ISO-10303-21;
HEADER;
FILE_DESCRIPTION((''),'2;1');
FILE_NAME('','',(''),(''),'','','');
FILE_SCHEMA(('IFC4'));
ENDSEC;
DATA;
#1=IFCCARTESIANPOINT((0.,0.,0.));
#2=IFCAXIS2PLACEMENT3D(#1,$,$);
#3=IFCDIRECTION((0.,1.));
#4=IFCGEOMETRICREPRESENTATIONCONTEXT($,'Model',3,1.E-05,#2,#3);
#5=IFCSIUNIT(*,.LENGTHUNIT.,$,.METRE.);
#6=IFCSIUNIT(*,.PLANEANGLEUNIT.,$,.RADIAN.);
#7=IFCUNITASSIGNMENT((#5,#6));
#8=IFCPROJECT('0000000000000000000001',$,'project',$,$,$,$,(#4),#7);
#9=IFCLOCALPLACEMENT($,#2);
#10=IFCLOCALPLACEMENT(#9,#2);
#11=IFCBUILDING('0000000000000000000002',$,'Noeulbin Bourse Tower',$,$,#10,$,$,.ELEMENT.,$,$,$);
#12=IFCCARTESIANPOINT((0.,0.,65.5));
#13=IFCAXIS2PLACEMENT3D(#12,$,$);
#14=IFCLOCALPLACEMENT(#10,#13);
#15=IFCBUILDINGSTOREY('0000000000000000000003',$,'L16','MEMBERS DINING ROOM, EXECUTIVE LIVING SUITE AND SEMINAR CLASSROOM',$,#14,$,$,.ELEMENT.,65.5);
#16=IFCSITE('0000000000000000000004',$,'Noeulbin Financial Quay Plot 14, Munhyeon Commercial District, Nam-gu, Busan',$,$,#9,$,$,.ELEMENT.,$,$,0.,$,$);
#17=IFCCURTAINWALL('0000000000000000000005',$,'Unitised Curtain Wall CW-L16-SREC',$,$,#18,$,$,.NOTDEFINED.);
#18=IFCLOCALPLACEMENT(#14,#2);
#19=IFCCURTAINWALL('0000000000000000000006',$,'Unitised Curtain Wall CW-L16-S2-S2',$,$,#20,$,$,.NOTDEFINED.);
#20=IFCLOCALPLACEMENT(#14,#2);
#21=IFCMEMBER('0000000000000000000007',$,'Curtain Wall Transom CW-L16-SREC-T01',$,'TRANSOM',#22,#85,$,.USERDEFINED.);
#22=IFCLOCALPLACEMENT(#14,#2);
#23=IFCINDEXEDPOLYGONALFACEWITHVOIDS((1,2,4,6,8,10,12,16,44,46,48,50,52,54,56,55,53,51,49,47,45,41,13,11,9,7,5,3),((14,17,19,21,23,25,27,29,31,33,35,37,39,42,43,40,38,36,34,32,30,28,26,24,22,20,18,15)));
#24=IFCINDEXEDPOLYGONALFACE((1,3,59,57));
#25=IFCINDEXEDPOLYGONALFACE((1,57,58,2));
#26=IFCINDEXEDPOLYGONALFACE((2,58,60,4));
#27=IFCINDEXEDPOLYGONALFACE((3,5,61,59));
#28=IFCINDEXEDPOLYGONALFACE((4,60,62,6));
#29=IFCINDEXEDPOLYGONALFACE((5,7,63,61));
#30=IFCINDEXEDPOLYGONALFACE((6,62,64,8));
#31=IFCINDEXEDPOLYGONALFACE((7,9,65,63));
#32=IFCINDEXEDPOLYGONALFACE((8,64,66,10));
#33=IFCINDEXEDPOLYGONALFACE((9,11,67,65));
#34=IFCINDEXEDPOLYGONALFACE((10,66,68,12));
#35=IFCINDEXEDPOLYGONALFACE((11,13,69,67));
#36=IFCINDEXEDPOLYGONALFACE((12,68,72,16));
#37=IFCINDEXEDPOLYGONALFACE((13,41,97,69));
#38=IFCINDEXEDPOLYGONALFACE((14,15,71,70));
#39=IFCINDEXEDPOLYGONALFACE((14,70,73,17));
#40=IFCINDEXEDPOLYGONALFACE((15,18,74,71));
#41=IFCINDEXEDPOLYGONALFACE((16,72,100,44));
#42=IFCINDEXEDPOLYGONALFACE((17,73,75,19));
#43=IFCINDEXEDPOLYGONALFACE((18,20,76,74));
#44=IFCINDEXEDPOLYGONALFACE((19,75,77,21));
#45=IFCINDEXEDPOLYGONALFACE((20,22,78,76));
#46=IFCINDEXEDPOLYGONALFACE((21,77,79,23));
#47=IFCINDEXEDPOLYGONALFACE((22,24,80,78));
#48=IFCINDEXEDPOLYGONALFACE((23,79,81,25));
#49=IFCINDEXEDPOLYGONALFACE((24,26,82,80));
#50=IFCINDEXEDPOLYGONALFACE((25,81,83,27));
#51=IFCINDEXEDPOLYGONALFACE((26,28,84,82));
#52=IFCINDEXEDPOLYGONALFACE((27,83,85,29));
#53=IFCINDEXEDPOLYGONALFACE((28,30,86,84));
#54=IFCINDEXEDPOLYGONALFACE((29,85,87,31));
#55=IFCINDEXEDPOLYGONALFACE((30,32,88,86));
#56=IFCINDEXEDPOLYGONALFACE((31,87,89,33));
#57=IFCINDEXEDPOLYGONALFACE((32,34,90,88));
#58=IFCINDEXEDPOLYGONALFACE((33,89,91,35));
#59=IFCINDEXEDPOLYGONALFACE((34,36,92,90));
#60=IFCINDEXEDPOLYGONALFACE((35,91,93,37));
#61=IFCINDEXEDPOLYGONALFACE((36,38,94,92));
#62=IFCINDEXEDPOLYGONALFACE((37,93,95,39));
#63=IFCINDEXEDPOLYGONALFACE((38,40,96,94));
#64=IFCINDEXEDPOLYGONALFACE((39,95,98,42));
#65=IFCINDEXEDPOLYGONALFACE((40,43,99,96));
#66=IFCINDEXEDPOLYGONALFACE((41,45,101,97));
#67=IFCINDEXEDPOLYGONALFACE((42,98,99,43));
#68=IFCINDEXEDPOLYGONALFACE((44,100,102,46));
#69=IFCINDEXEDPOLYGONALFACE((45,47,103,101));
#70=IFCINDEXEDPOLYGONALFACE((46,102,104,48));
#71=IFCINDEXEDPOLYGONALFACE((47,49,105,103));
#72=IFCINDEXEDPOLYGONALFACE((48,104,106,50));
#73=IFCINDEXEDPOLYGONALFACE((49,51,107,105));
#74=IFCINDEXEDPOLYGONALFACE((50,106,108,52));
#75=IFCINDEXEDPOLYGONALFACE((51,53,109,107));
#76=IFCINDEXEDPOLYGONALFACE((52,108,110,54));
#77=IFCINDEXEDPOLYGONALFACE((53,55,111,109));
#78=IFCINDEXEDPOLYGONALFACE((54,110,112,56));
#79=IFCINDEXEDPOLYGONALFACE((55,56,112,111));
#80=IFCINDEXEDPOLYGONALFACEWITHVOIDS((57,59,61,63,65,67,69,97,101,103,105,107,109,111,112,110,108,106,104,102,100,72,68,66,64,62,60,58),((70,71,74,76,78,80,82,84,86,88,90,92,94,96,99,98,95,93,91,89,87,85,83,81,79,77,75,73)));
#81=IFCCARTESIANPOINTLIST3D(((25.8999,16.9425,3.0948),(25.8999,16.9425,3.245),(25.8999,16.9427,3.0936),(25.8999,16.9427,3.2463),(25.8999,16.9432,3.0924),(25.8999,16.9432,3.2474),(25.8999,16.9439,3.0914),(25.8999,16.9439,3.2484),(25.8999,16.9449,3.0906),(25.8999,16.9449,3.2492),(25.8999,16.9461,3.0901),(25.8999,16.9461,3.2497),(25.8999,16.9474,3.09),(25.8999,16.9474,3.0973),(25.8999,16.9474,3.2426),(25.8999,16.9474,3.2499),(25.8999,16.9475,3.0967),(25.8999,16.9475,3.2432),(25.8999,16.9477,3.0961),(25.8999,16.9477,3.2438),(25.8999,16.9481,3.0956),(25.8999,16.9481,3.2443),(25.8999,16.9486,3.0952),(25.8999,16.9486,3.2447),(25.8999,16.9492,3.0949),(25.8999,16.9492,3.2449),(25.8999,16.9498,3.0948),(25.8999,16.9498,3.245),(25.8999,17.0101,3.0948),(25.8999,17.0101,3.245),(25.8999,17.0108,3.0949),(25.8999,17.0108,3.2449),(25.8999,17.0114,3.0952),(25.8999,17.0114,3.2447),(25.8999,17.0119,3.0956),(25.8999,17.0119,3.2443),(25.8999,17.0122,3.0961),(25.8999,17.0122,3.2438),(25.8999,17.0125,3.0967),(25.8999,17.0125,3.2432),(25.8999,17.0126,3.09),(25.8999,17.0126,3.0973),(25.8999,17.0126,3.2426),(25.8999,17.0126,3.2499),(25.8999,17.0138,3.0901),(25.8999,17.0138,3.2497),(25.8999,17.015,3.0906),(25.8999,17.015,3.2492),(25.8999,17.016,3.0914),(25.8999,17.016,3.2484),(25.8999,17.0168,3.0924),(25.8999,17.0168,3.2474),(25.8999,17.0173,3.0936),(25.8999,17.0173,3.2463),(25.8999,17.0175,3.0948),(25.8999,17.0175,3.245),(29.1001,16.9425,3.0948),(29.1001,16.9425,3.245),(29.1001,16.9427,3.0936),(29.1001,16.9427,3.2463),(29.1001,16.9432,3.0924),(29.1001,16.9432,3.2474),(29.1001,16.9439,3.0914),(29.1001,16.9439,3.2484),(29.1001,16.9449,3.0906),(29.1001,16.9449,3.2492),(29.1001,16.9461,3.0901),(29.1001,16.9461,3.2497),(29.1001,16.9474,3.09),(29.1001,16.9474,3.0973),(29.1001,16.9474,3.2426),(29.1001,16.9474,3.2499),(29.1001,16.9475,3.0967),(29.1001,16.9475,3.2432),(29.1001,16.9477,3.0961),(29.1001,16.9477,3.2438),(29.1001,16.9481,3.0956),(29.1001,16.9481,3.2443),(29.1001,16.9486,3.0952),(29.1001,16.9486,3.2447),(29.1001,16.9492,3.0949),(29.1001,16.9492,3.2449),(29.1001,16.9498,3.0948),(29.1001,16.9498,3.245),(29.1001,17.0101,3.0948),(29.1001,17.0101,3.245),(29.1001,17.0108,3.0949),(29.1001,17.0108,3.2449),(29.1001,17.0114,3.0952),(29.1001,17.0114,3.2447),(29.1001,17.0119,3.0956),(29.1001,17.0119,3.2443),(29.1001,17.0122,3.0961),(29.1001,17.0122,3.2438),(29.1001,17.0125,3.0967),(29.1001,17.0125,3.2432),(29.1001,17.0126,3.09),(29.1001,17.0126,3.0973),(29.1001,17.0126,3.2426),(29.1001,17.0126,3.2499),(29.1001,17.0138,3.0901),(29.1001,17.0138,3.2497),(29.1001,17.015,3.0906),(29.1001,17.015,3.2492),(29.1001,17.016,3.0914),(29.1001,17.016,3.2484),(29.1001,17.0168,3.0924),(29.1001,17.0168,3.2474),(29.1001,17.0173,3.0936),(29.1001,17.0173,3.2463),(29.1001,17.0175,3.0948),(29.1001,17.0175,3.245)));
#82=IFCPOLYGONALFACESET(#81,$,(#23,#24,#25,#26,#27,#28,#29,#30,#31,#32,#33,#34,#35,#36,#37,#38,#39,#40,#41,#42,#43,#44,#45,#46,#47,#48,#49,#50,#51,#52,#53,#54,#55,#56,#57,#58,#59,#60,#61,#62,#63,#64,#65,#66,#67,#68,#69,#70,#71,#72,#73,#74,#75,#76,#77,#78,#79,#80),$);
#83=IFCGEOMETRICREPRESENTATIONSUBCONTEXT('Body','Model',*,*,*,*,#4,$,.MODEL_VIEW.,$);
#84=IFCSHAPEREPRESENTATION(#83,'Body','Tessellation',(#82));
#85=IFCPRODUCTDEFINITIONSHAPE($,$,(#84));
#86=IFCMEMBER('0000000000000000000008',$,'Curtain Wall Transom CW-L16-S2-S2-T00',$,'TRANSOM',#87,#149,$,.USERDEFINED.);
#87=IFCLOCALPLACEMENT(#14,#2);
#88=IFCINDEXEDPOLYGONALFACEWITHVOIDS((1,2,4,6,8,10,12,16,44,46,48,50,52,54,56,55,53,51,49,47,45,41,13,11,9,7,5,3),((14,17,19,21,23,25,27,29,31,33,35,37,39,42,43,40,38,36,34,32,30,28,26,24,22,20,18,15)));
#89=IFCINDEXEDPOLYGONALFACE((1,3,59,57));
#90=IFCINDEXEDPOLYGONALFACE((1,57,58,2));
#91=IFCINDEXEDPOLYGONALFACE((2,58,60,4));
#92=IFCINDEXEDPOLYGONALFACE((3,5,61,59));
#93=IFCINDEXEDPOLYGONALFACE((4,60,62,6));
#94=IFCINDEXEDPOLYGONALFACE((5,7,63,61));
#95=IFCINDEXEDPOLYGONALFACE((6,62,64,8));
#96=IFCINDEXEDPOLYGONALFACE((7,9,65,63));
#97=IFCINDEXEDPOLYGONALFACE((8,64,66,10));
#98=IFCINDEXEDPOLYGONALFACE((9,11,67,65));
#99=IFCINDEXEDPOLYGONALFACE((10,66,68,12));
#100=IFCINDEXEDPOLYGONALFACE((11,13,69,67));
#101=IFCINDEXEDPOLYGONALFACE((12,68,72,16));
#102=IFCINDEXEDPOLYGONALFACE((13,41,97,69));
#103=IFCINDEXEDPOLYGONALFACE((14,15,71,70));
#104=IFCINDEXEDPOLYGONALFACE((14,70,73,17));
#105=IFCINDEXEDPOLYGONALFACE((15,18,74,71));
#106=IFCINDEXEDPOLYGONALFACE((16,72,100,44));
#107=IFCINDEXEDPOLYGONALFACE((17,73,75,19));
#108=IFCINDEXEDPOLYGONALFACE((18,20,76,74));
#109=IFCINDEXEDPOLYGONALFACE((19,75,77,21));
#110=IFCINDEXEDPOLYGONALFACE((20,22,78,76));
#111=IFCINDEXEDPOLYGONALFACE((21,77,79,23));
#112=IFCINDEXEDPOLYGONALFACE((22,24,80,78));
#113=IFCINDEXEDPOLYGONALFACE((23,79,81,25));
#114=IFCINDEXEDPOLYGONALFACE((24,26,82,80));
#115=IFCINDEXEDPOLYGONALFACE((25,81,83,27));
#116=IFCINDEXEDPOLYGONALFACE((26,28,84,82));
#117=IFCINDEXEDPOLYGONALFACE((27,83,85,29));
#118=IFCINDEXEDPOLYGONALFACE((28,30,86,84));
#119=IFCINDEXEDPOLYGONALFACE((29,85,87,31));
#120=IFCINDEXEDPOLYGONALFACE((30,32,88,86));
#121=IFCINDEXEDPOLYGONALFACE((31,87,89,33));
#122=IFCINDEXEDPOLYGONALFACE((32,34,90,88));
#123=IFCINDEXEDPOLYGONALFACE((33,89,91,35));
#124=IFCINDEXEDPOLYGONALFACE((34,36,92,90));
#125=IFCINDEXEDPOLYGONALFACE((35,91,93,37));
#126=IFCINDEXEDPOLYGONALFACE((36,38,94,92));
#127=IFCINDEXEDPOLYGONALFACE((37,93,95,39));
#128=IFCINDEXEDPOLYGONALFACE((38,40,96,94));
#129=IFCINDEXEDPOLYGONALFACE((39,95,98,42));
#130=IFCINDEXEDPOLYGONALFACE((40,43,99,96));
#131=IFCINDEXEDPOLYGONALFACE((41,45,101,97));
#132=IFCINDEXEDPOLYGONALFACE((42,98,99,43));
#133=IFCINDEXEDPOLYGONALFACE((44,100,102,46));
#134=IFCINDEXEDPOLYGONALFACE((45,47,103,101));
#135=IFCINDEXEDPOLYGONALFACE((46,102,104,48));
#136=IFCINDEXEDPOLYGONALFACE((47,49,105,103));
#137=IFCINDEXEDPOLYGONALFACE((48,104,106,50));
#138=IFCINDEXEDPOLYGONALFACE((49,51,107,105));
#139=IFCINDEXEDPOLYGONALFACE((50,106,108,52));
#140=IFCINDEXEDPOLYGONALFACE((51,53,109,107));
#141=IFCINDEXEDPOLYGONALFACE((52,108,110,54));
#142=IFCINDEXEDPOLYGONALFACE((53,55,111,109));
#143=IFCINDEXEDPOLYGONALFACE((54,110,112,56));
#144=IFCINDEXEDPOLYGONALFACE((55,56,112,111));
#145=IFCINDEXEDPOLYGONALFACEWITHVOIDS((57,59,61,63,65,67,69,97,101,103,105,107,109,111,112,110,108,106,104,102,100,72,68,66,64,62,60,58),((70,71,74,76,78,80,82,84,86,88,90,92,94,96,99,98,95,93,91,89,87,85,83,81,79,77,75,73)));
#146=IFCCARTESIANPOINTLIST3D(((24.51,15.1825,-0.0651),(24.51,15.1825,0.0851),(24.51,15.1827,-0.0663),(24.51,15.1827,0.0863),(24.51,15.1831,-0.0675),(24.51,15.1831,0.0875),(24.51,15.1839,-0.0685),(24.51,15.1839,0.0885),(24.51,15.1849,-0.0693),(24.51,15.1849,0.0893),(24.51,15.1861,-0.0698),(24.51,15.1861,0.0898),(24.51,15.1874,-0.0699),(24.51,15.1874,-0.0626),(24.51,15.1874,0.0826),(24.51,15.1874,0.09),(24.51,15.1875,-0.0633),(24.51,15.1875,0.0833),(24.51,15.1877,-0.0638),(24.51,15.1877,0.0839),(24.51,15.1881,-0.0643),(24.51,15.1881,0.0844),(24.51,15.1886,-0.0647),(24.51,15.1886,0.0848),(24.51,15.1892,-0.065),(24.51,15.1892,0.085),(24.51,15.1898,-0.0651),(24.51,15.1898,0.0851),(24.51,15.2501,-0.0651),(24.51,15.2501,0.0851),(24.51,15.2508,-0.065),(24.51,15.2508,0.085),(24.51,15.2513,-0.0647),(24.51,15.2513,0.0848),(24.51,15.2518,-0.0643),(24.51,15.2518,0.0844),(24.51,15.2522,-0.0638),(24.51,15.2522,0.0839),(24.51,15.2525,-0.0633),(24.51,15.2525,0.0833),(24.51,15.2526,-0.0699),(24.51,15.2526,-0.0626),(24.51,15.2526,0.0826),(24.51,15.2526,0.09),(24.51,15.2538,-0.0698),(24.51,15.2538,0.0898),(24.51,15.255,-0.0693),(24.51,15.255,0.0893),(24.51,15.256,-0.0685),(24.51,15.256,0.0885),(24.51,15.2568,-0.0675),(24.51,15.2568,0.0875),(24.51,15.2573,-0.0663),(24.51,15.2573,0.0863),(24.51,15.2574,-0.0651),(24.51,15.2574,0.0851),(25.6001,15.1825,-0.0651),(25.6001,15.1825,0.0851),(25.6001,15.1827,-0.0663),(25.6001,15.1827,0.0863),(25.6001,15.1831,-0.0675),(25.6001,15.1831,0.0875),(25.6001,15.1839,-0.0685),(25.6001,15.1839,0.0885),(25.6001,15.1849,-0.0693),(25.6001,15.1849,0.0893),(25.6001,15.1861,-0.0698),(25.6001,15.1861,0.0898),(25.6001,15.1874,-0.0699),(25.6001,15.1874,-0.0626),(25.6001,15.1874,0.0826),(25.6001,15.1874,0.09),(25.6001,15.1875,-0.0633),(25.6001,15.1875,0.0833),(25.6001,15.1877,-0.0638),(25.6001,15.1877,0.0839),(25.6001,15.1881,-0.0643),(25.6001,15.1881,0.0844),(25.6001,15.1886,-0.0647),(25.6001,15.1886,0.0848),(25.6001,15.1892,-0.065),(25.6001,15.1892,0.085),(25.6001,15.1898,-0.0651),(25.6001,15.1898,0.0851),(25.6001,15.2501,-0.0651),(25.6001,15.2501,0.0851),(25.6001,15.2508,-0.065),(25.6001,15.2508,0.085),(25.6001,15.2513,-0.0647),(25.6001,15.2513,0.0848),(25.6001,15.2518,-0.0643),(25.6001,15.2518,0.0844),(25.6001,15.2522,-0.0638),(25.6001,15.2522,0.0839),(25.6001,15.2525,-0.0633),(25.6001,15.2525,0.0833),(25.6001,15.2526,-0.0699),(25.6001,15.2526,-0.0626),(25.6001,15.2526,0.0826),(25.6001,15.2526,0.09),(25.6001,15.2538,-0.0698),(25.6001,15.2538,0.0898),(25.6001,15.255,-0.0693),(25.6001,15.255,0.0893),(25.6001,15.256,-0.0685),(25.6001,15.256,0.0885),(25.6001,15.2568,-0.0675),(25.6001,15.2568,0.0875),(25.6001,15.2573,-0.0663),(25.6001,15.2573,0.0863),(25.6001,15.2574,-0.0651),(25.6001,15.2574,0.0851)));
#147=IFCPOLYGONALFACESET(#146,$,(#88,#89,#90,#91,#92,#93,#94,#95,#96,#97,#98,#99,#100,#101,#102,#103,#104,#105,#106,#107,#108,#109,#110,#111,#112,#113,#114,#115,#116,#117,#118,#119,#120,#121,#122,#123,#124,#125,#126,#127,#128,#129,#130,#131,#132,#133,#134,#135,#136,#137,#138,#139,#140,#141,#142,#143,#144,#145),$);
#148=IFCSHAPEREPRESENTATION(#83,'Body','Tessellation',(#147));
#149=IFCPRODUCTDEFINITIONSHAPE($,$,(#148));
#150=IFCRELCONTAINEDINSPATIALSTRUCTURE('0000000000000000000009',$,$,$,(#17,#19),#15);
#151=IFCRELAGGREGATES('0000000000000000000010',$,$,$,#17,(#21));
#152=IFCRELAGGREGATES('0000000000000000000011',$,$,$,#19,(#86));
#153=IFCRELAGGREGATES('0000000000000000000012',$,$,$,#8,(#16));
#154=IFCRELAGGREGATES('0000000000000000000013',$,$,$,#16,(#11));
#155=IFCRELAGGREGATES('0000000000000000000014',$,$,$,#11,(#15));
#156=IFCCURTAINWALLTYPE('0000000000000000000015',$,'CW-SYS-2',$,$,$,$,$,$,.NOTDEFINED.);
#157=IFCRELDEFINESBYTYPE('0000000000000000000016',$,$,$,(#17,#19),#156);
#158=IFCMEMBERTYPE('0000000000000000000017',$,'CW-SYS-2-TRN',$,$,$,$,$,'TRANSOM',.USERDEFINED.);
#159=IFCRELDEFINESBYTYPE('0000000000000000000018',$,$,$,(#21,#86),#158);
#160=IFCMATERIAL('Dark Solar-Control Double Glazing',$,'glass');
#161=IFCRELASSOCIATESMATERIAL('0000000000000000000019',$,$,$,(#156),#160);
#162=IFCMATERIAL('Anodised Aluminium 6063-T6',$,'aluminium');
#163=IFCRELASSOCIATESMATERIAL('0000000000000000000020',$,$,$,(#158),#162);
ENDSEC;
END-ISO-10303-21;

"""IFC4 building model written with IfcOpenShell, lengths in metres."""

from ifc_helpers import new_model, si_unit, direction, frame, origin, origin_2d, place, context, subcontext, project, spatial, hollow_rectangle, extrude, material, material_profile, profile_set, type_object, element, aggregate, save


model = new_model("IFC4")

# Units and contexts
model_context = context("Model", 3, precision=1e-05, world=origin(), true_north=direction((0.0, 1.0)))
body_context = subcontext(model_context, "Body", "Model", "MODEL_VIEW")
ifc_project = project(units=[si_unit("LENGTHUNIT", "METRE"), si_unit("PLANEANGLEUNIT", "RADIAN")], contexts=[model_context])

# Site, building, storey
site_placement = place(None, origin())
site = spatial("IfcSite", under=ifc_project, at=site_placement, Name="Noeulbin Financial Quay Plot 14, Munhyeon Commercial District, Nam-gu, Busan", CompositionType="ELEMENT", RefElevation=0.0)
building_placement = place(site_placement, origin())
building = spatial("IfcBuilding", under=site, at=building_placement, Name="Noeulbin Bourse Tower", CompositionType="ELEMENT")
storey_placement = place(building_placement, frame((0.0, 0.0, 65.5)))
storey = spatial("IfcBuildingStorey", under=building, at=storey_placement, Name="L16", Description="MEMBERS DINING ROOM, EXECUTIVE LIVING SUITE AND SEMINAR CLASSROOM", CompositionType="ELEMENT", Elevation=65.5)

# Curtain wall
ifc_material_1 = material(Name="Dark Solar-Control Double Glazing", Category="glass")
curtain_wall_type = type_object("IfcCurtainWallType", Name="CW-SYS-2", PredefinedType="NOTDEFINED", material=ifc_material_1)
curtain_wall_1_placement = place(storey_placement, origin())
curtain_wall_1 = element("IfcCurtainWall", 1, at=curtain_wall_1_placement, inside=storey, type_object=curtain_wall_type, Name="Unitised Curtain Wall CW-L16-SREC", PredefinedType="NOTDEFINED")
ifc_material_2 = material(Name="Anodised Aluminium 6063-T6", Category="aluminium")

# Curtain wall
curtain_wall_2_placement = place(storey_placement, origin())
curtain_wall_2 = element("IfcCurtainWall", 2, at=curtain_wall_2_placement, inside=storey, type_object=curtain_wall_type, Name="Unitised Curtain Wall CW-L16-S2-S2", PredefinedType="NOTDEFINED")

# Members
ifc_material_profile_1 = material_profile(ifc_material_2, hollow_rectangle(XDim=0.075, YDim=0.1599, WallThickness=0.0049, InnerFilletRadius=0.0024, OuterFilletRadius=0.0049, at=origin_2d()), Name="ALU-TRAN-75x160x5", Category="LoadBearing")
ifc_profile_set_1 = profile_set([ifc_material_profile_1], Name="Anodised Aluminium 6063-T6")
member_type_1 = type_object("IfcMemberType", Name="CW-SYS-2-TRN", ElementType="TRANSOM", PredefinedType="USERDEFINED", material=ifc_profile_set_1)
member_1_placement = place(storey_placement, frame((25.8999, 16.98, 3.1699), z_axis=(1.0, 0.0, 0.0), x_axis=(0.0, 1.0, 0.0)))
member_1 = element("IfcMember", 3, at=member_1_placement, type_object=member_type_1, Name="Curtain Wall Transom CW-L16-SREC-T01", ObjectType="TRANSOM", PredefinedType="USERDEFINED", context=body_context, shape_type="SweptSolid", body=[
    extrude(hollow_rectangle(XDim=0.075, YDim=0.1599, WallThickness=0.0049, InnerFilletRadius=0.0024, OuterFilletRadius=0.0049, at=origin_2d()), origin(), (0.0, 0.0, 1.0), 3.2002),
])
member_2_placement = place(storey_placement, frame((24.51, 15.22, 0.01), z_axis=(1.0, 0.0, 0.0), x_axis=(0.0, 1.0, 0.0)))
member_2 = element("IfcMember", 4, at=member_2_placement, type_object=member_type_1, Name="Curtain Wall Transom CW-L16-S2-S2-T00", ObjectType="TRANSOM", PredefinedType="USERDEFINED", context=body_context, shape_type="SweptSolid", body=[
    extrude(hollow_rectangle(XDim=0.075, YDim=0.1599, WallThickness=0.0049, InnerFilletRadius=0.0024, OuterFilletRadius=0.0049, at=origin_2d()), origin(), (0.0, 0.0, 1.0), 1.0901),
])

aggregate(curtain_wall_1, [member_1])
aggregate(curtain_wall_2, [member_2])

save(model, "model.ifc")
